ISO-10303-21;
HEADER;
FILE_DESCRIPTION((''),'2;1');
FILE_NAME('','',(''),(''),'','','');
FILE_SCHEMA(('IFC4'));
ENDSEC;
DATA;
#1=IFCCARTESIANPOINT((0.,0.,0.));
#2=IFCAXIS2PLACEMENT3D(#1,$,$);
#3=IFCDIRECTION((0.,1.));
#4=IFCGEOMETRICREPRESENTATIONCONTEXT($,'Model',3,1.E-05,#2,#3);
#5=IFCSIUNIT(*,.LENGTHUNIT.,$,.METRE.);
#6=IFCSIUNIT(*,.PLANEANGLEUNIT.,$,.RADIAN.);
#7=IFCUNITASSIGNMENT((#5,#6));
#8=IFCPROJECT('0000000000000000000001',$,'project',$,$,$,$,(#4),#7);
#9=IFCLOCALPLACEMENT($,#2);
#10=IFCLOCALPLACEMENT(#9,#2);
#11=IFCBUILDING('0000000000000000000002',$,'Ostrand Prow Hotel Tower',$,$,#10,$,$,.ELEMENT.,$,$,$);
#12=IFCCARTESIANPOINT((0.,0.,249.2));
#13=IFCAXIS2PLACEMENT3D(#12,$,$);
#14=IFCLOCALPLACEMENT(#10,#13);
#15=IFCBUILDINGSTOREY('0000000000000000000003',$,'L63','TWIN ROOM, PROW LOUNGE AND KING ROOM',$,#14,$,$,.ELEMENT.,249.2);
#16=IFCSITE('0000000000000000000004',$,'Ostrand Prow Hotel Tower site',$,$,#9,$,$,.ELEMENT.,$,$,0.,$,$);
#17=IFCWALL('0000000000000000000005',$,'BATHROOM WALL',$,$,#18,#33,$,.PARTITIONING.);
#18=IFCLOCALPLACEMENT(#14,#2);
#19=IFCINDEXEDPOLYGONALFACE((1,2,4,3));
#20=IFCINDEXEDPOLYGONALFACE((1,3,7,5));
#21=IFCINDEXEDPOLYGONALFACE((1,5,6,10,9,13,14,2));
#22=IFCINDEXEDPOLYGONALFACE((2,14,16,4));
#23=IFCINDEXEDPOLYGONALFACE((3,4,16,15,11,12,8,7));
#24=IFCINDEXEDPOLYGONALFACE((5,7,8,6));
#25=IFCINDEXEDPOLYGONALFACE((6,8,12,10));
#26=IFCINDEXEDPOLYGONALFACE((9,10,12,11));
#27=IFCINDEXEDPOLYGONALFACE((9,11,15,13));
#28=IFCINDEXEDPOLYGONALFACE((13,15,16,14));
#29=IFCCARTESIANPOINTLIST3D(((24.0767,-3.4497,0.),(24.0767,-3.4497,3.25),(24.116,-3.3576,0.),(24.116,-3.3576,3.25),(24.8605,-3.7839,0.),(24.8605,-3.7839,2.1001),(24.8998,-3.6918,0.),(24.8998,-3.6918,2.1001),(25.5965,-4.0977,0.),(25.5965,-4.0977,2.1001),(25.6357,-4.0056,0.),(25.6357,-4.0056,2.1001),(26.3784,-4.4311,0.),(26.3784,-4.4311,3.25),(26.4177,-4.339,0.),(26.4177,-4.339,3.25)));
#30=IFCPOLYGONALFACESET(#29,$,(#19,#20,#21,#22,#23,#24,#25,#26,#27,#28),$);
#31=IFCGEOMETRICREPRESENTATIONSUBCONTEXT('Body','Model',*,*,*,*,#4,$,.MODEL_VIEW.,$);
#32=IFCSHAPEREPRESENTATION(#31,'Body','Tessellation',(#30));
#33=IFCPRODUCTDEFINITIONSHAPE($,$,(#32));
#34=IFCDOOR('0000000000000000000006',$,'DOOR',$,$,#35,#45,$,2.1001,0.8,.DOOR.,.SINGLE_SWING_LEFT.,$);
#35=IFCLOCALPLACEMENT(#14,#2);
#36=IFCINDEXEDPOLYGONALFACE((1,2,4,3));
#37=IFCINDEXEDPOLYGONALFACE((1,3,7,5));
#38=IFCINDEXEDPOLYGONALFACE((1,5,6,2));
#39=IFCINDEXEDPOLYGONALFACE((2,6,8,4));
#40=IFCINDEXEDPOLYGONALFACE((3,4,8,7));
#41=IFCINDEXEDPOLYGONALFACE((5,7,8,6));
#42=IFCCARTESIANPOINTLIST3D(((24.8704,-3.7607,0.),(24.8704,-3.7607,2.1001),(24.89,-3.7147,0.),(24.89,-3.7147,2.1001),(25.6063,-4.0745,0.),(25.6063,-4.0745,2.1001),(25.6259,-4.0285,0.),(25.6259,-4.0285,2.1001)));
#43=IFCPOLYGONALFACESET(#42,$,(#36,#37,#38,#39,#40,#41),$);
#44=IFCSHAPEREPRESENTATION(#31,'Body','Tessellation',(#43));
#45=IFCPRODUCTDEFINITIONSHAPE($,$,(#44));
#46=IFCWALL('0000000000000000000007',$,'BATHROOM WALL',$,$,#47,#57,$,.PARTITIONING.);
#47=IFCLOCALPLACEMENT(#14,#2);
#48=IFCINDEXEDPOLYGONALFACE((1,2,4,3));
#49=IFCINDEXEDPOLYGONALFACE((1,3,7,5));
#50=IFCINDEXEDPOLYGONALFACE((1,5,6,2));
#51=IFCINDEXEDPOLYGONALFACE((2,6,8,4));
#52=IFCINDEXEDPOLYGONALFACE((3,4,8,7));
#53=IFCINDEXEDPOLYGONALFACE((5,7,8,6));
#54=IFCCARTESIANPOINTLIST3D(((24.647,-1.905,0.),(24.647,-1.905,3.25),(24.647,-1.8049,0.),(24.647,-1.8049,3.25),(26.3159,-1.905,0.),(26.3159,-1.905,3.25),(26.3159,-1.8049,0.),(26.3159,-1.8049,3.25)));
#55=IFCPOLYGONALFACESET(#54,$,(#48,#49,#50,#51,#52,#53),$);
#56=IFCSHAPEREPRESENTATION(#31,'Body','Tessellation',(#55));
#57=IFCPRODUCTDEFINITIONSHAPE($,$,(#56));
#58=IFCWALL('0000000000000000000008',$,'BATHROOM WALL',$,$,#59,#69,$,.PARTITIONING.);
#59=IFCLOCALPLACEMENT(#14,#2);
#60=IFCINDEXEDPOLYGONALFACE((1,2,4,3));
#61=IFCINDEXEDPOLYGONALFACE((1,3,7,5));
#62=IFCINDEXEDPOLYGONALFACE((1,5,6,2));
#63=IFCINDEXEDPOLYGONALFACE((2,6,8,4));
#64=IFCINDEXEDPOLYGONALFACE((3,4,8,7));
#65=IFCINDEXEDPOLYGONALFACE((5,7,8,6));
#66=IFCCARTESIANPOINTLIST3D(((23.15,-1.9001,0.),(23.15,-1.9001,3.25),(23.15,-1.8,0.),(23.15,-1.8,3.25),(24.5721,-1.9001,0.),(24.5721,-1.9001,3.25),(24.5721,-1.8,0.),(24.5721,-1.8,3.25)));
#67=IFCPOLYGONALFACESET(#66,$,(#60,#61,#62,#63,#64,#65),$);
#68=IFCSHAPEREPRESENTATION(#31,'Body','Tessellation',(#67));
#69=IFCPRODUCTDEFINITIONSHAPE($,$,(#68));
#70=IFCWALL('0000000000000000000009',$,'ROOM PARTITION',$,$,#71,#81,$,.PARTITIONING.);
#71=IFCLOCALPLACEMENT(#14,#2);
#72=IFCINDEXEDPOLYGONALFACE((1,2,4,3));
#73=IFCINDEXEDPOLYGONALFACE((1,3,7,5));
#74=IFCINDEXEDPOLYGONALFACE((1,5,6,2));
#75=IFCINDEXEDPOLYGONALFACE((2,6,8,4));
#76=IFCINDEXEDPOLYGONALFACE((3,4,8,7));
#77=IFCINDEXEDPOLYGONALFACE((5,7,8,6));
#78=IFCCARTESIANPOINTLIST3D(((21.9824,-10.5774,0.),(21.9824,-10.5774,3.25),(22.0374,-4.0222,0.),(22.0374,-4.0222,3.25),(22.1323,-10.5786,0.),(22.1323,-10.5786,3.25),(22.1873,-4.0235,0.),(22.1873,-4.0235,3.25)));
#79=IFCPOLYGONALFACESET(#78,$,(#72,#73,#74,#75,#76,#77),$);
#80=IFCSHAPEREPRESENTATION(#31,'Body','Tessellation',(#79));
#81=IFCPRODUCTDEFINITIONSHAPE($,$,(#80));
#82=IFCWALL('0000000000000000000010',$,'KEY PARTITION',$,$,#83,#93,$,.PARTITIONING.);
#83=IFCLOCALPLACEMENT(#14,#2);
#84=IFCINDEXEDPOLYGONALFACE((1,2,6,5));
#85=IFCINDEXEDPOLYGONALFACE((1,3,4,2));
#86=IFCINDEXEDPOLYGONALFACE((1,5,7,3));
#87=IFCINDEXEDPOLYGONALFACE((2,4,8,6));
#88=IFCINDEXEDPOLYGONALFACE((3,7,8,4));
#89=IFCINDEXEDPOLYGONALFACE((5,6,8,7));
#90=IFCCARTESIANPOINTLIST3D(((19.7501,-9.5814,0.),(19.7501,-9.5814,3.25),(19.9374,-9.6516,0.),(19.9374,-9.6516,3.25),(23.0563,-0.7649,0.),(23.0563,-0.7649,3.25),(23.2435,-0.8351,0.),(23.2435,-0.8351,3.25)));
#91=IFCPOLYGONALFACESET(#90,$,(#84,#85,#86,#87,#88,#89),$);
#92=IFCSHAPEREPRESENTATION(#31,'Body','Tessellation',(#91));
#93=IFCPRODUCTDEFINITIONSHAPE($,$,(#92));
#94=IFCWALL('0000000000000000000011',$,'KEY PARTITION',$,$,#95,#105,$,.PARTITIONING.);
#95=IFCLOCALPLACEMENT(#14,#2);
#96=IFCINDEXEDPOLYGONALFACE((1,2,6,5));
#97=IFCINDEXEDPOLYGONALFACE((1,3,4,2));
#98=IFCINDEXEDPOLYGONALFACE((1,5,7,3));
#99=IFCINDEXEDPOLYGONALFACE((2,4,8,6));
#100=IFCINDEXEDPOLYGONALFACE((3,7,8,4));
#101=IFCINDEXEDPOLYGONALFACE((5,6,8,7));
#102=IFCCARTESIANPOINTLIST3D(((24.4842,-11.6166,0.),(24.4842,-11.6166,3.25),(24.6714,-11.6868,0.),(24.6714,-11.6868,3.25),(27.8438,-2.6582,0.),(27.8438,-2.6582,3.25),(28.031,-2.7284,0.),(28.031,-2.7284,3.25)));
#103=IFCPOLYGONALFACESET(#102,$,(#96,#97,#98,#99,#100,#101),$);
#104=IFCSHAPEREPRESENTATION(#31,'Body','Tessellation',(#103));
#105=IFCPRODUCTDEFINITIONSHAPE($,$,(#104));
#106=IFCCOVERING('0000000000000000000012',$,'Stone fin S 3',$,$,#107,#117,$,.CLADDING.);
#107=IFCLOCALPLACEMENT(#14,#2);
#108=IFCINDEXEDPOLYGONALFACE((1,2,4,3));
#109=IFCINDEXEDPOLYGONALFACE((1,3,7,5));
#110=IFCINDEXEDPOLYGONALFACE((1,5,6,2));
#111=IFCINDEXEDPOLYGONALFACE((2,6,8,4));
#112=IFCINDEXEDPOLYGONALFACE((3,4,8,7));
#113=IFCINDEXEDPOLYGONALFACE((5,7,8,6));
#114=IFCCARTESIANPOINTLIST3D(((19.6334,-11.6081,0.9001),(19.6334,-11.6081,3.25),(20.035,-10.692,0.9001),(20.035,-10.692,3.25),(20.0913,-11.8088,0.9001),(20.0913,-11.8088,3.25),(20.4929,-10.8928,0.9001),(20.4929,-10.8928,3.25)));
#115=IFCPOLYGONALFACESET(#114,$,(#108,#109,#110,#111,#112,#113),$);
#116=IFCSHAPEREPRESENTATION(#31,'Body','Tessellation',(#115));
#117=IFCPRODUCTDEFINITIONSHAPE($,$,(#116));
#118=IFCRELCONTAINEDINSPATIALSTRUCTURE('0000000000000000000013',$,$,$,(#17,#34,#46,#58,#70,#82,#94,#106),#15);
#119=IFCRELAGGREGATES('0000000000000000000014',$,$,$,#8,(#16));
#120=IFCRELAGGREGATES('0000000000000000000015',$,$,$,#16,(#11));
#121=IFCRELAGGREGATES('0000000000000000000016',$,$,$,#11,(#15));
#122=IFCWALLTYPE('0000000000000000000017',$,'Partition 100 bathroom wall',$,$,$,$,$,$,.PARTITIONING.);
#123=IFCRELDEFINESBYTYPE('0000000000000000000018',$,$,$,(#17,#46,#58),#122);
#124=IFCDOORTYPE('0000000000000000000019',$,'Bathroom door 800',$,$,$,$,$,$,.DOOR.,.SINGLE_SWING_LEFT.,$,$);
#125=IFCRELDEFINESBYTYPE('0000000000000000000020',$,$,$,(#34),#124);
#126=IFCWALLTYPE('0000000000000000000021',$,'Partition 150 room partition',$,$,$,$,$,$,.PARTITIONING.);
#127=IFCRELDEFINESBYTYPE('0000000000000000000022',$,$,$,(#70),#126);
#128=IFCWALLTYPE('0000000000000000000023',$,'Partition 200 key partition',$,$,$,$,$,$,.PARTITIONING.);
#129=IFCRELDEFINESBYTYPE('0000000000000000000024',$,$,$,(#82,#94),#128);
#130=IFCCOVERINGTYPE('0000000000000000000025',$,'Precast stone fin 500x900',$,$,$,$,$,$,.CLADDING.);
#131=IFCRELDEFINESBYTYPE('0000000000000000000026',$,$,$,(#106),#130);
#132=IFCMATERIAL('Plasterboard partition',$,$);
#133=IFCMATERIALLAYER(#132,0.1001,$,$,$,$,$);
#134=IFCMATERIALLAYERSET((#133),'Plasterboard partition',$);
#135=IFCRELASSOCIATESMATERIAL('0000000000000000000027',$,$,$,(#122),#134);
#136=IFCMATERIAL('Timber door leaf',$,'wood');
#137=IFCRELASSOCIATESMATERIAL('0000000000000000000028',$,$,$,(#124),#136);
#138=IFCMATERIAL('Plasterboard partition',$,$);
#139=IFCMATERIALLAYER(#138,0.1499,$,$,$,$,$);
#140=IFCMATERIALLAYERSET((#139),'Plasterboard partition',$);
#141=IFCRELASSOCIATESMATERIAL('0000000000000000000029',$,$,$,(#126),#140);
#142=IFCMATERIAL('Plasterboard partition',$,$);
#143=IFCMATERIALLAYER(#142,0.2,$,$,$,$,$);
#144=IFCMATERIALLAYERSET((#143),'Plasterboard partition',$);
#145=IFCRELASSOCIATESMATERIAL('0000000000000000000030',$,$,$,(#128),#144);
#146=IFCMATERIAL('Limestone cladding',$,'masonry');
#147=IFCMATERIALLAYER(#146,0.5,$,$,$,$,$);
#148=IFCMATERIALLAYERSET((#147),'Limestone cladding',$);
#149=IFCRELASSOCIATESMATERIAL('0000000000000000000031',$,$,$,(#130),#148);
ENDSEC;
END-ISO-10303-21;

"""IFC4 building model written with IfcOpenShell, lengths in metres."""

from ifc_helpers import new_model, si_unit, direction, frame, frame_2d, origin, place, context, subcontext, project, spatial, rectangle, extrude, material, layer, layer_set, type_object, element, fill, save


model = new_model("IFC4")

# Units and contexts
model_context = context("Model", 3, precision=1e-05, world=origin(), true_north=direction((0.0, 1.0)))
body_context = subcontext(model_context, "Body", "Model", "MODEL_VIEW")
ifc_project = project(units=[si_unit("LENGTHUNIT", "METRE"), si_unit("PLANEANGLEUNIT", "RADIAN")], contexts=[model_context])

# Site, building, storey
site_placement = place(None, origin())
site = spatial("IfcSite", under=ifc_project, at=site_placement, Name="Ostrand Prow Hotel Tower site", CompositionType="ELEMENT", RefElevation=0.0)
building_placement = place(site_placement, origin())
building = spatial("IfcBuilding", under=site, at=building_placement, Name="Ostrand Prow Hotel Tower", CompositionType="ELEMENT")
storey_placement = place(building_placement, frame((0.0, 0.0, 249.2)))
storey = spatial("IfcBuildingStorey", under=building, at=storey_placement, Name="L63", Description="TWIN ROOM, PROW LOUNGE AND KING ROOM", CompositionType="ELEMENT", Elevation=249.2)

# Shared definitions
ifc_material_1 = material(Name="Plasterboard partition")
ifc_layer_1 = layer(ifc_material_1, 0.1001)
ifc_layer_set_1 = layer_set([ifc_layer_1], Name="Plasterboard partition")
wall_type_1 = type_object("IfcWallType", Name="Partition 100 bathroom wall", PredefinedType="PARTITIONING", material=ifc_layer_set_1)

# Wall, opening, door
wall_1_placement = place(storey_placement, frame((26.3979, -4.385, 0.0), z_axis=(0.0, 0.0, 1.0), x_axis=(-0.91987, 0.392223, 0.0)))
wall_1 = element("IfcWall", 1, at=wall_1_placement, inside=storey, type_object=wall_type_1, Name="BATHROOM WALL", PredefinedType="PARTITIONING", context=body_context, shape_type="SweptSolid", body=[
    extrude(rectangle(XDim=2.5022, YDim=0.1001, at=frame_2d((1.251, 0.0))), origin(), (0.0, 0.0, 1.0), 3.25),
])
opening_placement = place(wall_1_placement, frame((0.8501, 0.0, 0.0)))
opening = element("IfcOpeningElement", 2, at=opening_placement, cuts=wall_1, PredefinedType="OPENING", context=body_context, shape_type="SweptSolid", body=[
    extrude(rectangle(XDim=0.8, YDim=2.1001, at=frame_2d((0.3999, 1.05))), frame((0.0, 0.0601, 0.0), z_axis=(0.0, -1.0, 0.0), x_axis=(1.0, 0.0, 0.0)), (0.0, 0.0, 1.0), 0.1201),
])
ifc_material_2 = material(Name="Timber door leaf", Category="wood")
door_type = type_object("IfcDoorType", Name="Bathroom door 800", OperationType="SINGLE_SWING_LEFT", PredefinedType="DOOR", material=ifc_material_2)
door_placement = place(opening_placement, origin())
door = element("IfcDoor", 3, at=door_placement, inside=storey, type_object=door_type, Name="DOOR", OperationType="SINGLE_SWING_LEFT", OverallHeight=2.1001, OverallWidth=0.8, PredefinedType="DOOR", context=body_context, shape_type="SweptSolid", body=[
    extrude(rectangle(XDim=0.8, YDim=2.1001, at=frame_2d((0.3999, 1.05))), frame((0.0, 0.0249, 0.0), z_axis=(0.0, -1.0, 0.0), x_axis=(1.0, 0.0, 0.0)), (0.0, 0.0, 1.0), 0.05),
])
fill(opening, door)

# Walls
wall_2_placement = place(storey_placement, frame((24.647, -1.855, 0.0), z_axis=(0.0, 0.0, 1.0), x_axis=(1.0, 0.0, 0.0)))
element("IfcWall", 4, at=wall_2_placement, inside=storey, type_object=wall_type_1, Name="BATHROOM WALL", PredefinedType="PARTITIONING", context=body_context, shape_type="SweptSolid", body=[
    extrude(rectangle(XDim=1.6689, YDim=0.1001, at=frame_2d((0.8345, 0.0))), origin(), (0.0, 0.0, 1.0), 3.25),
])
wall_3_placement = place(storey_placement, frame((24.572, -1.8501, 0.0), z_axis=(0.0, 0.0, 1.0), x_axis=(-1.0, 0.0, 0.0)))
element("IfcWall", 5, at=wall_3_placement, inside=storey, type_object=wall_type_1, Name="BATHROOM WALL", PredefinedType="PARTITIONING", context=body_context, shape_type="SweptSolid", body=[
    extrude(rectangle(XDim=1.4221, YDim=0.1001, at=frame_2d((0.7109, 0.0))), origin(), (0.0, 0.0, 1.0), 3.25),
])
ifc_material_3 = material(Name="Plasterboard partition")
ifc_layer_2 = layer(ifc_material_3, 0.1499)
ifc_layer_set_2 = layer_set([ifc_layer_2], Name="Plasterboard partition")
wall_type_2 = type_object("IfcWallType", Name="Partition 150 room partition", PredefinedType="PARTITIONING", material=ifc_layer_set_2)
wall_4_placement = place(storey_placement, frame((22.1123, -4.0227, 0.0), z_axis=(0.0, 0.0, 1.0), x_axis=(-0.00838, -0.999965, 0.0)))
element("IfcWall", 6, at=wall_4_placement, inside=storey, type_object=wall_type_2, Name="ROOM PARTITION", PredefinedType="PARTITIONING", context=body_context, shape_type="SweptSolid", body=[
    extrude(rectangle(XDim=6.5554, YDim=0.1499, at=frame_2d((3.2778, 0.0))), origin(), (0.0, 0.0, 1.0), 3.25),
])
ifc_material_4 = material(Name="Plasterboard partition")
ifc_layer_3 = layer(ifc_material_4, 0.2)
ifc_layer_set_3 = layer_set([ifc_layer_3], Name="Plasterboard partition")
wall_type_3 = type_object("IfcWallType", Name="Partition 200 key partition", PredefinedType="PARTITIONING", material=ifc_layer_set_3)
wall_5_placement = place(storey_placement, frame((19.8438, -9.6165, 0.0), z_axis=(0.0, 0.0, 1.0), x_axis=(0.351123, 0.936329, 0.0)))
element("IfcWall", 7, at=wall_5_placement, inside=storey, type_object=wall_type_3, Name="KEY PARTITION", PredefinedType="PARTITIONING", context=body_context, shape_type="SweptSolid", body=[
    extrude(rectangle(XDim=9.416, YDim=0.2, at=frame_2d((4.708, 0.0))), origin(), (0.0, 0.0, 1.0), 3.25),
])
wall_6_placement = place(storey_placement, frame((24.5779, -11.6516, 0.0), z_axis=(0.0, 0.0, 1.0), x_axis=(0.35114, 0.936323, 0.0)))
element("IfcWall", 8, at=wall_6_placement, inside=storey, type_object=wall_type_3, Name="KEY PARTITION", PredefinedType="PARTITIONING", context=body_context, shape_type="SweptSolid", body=[
    extrude(rectangle(XDim=9.5676, YDim=0.2, at=frame_2d((4.7837, 0.0))), origin(), (0.0, 0.0, 1.0), 3.25),
])

# Covering
ifc_material_5 = material(Name="Limestone cladding", Category="masonry")
ifc_layer_4 = layer(ifc_material_5, 0.5)
ifc_layer_set_4 = layer_set([ifc_layer_4], Name="Limestone cladding")
covering_type = type_object("IfcCoveringType", Name="Precast stone fin 500x900", PredefinedType="CLADDING", material=ifc_layer_set_4)
covering_placement = place(storey_placement, frame((20.2639, -10.7925, 0.9001), z_axis=(0.0, 0.0, 1.0), x_axis=(-0.401536, -0.915843, 0.0)))
element("IfcCovering", 9, at=covering_placement, inside=storey, type_object=covering_type, Name="Stone fin S 3", PredefinedType="CLADDING", context=body_context, shape_type="SweptSolid", body=[
    extrude(rectangle(XDim=1.0002, YDim=0.5, at=frame_2d((0.5, 0.0))), origin(), (0.0, 0.0, 1.0), 2.3499),
])

save(model, "model.ifc")
